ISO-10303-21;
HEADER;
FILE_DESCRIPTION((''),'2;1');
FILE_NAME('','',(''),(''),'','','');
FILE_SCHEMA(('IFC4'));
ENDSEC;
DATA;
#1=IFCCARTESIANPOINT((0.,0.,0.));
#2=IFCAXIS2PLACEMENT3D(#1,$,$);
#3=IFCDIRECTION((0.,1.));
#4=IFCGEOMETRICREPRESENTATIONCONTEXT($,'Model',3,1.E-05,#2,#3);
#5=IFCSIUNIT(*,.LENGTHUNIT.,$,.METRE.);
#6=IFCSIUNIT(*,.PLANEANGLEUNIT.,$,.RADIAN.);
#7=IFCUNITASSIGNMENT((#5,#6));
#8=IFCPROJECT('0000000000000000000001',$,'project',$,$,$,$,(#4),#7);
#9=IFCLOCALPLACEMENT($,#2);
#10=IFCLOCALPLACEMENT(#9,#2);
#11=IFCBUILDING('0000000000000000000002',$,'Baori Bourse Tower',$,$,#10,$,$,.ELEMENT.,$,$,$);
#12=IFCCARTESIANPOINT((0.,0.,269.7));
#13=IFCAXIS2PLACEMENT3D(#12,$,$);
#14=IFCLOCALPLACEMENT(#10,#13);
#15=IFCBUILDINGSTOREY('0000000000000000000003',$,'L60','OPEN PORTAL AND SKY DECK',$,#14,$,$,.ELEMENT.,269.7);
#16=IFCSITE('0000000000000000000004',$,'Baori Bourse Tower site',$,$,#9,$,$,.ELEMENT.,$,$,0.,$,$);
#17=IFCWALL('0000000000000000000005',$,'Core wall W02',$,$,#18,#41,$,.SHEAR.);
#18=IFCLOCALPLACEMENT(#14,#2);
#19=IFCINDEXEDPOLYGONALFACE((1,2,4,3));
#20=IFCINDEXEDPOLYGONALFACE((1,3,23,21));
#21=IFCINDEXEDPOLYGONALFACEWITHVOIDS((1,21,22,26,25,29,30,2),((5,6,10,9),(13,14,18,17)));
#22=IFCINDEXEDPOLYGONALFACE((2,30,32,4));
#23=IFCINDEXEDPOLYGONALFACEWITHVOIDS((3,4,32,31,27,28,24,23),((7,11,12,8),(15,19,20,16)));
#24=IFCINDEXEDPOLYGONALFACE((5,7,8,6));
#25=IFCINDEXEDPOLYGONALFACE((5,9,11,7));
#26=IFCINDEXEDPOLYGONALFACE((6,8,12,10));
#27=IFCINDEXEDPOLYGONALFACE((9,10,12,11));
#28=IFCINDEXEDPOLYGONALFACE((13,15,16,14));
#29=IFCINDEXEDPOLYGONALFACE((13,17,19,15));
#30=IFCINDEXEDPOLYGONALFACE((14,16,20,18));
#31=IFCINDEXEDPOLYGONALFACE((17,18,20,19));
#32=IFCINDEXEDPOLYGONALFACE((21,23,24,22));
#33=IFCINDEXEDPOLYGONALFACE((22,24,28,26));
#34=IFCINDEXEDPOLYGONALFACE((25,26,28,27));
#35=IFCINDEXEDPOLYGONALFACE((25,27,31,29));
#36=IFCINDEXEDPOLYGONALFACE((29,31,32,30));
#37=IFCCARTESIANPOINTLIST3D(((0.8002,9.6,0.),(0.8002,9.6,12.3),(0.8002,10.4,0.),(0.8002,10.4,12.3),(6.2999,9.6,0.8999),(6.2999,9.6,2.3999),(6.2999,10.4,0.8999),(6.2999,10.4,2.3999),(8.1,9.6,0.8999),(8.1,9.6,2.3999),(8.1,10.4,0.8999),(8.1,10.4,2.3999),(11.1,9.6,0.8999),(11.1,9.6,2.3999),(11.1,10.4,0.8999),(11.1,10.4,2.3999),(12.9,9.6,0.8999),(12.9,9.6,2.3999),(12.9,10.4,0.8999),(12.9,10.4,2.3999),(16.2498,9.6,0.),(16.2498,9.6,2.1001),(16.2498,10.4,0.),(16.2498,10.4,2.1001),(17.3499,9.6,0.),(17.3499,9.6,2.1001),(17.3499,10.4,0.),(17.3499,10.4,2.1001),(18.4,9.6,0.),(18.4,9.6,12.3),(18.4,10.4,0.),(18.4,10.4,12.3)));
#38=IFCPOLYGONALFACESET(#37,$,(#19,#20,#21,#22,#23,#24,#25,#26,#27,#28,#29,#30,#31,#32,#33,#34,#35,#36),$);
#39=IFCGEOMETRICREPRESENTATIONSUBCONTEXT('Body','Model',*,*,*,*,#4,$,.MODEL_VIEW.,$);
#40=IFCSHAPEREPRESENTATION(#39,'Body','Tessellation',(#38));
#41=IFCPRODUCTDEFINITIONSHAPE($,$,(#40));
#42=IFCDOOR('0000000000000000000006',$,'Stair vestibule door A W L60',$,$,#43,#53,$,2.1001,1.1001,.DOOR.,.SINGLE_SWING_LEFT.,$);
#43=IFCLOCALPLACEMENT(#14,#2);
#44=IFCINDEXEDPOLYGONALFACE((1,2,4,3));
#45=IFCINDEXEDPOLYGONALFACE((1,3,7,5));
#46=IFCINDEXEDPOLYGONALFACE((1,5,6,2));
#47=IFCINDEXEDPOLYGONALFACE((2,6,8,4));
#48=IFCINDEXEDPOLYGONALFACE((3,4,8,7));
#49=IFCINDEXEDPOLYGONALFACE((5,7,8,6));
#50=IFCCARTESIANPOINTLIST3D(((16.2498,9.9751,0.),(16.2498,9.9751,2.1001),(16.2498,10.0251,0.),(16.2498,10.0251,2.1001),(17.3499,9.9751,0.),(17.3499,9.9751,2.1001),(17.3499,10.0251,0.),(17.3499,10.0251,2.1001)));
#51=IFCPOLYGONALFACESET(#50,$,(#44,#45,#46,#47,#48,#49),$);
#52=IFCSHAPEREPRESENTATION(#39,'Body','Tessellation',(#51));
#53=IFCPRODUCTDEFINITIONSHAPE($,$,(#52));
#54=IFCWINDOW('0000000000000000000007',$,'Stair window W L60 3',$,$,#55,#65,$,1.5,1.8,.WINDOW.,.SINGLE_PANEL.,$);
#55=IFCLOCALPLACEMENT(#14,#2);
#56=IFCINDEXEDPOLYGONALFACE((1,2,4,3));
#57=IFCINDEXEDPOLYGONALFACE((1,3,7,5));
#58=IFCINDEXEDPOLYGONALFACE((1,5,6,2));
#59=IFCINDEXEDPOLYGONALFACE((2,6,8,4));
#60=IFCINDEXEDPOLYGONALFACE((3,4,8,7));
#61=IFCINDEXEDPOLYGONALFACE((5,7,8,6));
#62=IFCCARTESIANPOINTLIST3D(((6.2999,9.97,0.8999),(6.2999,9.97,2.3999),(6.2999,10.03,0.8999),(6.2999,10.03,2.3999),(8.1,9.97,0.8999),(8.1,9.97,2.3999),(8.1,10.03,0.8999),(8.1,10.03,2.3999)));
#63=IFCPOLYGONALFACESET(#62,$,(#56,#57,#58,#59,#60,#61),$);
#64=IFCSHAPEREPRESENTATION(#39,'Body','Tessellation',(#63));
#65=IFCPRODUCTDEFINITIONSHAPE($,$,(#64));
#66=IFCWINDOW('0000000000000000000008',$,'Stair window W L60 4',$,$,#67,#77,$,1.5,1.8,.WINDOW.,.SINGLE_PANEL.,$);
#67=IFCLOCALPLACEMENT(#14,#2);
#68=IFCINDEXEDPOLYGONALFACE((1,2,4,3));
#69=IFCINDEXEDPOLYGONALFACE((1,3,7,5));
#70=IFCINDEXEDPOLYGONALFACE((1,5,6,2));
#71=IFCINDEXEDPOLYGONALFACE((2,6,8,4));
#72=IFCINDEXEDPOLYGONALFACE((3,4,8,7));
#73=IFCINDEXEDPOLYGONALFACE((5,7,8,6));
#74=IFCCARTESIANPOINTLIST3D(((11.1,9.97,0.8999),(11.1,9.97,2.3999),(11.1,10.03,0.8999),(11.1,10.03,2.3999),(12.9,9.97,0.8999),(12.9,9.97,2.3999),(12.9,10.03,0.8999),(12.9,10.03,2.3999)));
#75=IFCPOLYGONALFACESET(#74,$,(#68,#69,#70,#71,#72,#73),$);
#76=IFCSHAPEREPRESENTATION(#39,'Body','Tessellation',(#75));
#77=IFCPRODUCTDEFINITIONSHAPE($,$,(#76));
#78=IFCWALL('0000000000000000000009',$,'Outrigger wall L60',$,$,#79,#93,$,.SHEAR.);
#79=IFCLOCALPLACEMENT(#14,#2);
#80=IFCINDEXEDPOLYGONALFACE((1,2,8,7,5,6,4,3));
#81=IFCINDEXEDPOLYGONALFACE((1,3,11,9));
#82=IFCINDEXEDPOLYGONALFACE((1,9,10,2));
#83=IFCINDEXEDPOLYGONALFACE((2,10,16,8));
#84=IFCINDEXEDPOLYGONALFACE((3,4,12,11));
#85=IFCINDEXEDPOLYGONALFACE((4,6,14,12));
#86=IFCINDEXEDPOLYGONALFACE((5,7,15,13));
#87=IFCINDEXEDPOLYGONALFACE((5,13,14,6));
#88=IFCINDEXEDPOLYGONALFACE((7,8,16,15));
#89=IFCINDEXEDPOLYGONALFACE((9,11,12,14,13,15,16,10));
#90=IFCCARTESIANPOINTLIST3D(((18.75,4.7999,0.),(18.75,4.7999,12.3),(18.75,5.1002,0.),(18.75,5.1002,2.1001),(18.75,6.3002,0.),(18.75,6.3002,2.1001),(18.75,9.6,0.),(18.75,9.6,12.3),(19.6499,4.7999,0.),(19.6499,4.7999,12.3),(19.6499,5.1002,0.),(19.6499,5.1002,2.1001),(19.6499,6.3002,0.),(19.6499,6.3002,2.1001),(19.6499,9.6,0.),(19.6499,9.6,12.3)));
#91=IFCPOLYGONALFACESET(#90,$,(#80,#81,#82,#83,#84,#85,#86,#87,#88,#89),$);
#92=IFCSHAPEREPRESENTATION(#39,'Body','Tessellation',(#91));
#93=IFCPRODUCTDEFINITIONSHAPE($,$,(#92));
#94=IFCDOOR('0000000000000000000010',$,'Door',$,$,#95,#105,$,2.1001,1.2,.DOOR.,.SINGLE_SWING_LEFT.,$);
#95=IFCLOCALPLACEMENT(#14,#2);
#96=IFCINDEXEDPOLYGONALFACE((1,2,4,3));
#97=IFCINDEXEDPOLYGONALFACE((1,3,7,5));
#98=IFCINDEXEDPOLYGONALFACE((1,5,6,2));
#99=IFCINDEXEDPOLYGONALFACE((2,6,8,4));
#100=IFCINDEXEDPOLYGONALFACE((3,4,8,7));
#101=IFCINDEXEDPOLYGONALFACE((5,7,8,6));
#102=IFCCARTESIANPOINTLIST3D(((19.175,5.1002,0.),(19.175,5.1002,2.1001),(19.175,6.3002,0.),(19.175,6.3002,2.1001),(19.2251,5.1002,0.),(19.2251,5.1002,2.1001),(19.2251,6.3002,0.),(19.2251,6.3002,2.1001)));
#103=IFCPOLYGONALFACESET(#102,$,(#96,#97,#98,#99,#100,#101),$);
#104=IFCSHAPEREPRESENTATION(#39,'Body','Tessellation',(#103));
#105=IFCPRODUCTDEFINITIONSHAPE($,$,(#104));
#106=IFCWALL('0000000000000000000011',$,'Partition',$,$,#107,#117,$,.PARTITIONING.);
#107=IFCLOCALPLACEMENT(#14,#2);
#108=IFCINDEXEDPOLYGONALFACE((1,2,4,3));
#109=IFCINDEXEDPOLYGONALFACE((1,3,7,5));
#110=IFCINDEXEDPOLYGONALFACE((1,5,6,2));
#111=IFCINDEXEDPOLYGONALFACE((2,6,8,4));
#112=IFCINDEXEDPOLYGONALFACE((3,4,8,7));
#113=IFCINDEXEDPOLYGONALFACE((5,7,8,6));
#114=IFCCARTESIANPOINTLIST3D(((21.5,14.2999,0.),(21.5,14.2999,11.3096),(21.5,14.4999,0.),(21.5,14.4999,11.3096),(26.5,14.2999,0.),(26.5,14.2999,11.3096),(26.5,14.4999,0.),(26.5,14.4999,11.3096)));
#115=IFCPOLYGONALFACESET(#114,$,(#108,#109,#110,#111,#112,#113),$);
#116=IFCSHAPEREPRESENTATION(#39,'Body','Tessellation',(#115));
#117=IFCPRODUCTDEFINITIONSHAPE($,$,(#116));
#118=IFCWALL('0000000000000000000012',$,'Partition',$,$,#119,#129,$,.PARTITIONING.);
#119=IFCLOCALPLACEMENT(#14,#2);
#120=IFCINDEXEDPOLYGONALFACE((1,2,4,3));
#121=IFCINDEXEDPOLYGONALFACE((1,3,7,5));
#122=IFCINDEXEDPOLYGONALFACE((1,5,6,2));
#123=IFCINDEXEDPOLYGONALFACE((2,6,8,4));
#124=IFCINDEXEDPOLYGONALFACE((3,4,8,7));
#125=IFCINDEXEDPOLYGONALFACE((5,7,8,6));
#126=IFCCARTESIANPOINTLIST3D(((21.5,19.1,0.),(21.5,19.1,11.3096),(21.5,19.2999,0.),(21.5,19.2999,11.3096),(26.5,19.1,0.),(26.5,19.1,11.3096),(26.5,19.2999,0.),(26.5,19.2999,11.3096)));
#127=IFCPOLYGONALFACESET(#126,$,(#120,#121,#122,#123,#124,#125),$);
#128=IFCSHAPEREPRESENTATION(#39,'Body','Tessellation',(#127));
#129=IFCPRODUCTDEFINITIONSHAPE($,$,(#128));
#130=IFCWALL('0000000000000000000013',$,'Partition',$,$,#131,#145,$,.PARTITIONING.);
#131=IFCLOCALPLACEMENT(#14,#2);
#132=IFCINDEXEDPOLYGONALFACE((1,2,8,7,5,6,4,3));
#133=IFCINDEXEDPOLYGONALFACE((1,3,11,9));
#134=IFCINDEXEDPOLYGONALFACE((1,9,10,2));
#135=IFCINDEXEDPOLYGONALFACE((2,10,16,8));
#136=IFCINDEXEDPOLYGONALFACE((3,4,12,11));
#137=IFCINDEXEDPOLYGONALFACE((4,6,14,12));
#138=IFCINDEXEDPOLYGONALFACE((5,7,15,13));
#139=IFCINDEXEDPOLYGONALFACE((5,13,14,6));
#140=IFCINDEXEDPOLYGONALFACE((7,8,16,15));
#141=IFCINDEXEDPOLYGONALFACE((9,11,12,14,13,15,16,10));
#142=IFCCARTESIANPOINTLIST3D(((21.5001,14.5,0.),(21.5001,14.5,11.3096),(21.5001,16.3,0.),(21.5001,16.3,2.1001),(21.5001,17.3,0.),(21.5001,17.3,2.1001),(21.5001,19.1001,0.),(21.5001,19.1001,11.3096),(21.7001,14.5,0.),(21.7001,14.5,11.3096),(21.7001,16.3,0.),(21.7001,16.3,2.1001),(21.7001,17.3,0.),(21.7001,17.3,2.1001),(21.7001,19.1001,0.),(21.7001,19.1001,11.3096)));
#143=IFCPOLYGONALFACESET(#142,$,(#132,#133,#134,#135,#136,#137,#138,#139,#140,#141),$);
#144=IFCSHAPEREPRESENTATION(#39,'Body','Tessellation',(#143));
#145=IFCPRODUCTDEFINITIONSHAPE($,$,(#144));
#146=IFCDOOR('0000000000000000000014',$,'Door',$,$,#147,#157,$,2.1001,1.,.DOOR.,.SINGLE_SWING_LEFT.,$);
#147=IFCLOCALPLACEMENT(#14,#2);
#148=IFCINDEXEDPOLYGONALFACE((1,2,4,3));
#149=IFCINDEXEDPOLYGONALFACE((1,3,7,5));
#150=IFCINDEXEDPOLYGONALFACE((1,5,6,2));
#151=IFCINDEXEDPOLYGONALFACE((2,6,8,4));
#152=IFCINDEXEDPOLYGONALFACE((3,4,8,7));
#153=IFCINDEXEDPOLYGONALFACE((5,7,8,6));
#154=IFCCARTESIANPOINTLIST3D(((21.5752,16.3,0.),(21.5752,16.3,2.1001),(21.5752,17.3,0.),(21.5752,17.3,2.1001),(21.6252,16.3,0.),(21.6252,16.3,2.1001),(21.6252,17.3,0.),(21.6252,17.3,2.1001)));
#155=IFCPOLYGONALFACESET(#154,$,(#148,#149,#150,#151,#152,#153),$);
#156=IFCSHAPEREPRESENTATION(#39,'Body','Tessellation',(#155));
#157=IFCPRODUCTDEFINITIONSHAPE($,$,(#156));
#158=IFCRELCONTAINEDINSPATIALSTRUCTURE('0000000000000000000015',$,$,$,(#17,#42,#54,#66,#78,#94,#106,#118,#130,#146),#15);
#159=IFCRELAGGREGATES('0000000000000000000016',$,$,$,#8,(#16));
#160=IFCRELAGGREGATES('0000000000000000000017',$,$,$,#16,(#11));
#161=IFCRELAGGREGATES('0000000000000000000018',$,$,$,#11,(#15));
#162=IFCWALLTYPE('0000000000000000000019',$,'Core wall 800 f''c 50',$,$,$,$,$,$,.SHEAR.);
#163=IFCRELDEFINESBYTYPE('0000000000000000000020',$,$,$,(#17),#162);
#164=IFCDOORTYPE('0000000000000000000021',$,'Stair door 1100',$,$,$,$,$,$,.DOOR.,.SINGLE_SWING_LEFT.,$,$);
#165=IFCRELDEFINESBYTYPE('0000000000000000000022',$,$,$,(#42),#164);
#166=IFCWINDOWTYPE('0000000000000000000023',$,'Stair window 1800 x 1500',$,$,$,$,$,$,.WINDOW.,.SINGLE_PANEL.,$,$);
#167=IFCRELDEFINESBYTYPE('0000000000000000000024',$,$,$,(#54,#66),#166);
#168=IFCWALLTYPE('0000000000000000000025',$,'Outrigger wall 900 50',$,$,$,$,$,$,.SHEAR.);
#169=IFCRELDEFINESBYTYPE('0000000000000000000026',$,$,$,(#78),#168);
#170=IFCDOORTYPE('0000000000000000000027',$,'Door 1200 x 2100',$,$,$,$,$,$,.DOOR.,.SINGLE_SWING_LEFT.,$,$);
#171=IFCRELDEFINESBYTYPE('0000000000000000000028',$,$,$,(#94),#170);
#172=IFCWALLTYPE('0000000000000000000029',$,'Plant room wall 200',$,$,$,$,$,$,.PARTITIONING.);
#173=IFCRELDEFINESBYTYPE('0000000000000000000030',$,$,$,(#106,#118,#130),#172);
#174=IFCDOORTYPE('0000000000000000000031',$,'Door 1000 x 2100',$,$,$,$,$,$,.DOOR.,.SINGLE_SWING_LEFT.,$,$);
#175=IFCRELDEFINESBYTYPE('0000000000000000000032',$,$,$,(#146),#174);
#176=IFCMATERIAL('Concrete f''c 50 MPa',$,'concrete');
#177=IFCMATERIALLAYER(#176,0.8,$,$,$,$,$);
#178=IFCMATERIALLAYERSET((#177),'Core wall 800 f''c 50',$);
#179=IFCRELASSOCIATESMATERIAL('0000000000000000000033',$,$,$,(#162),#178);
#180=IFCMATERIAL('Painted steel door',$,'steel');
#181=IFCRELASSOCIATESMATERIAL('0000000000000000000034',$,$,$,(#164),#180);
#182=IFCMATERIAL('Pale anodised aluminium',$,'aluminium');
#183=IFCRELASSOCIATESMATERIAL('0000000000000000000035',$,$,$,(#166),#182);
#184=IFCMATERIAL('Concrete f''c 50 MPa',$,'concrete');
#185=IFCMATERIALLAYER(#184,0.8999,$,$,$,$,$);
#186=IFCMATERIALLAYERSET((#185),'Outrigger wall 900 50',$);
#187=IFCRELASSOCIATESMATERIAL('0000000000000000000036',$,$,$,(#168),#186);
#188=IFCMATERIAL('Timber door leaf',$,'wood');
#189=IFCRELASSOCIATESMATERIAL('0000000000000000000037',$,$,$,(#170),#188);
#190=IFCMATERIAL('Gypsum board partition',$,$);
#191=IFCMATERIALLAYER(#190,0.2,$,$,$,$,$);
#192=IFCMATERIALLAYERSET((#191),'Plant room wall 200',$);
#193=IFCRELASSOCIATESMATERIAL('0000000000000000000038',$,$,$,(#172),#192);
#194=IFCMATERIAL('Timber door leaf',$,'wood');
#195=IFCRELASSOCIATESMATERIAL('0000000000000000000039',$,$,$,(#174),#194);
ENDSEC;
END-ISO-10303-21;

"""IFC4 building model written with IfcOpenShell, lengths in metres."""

from ifc_helpers import new_model, si_unit, direction, frame, frame_2d, origin, place, context, subcontext, project, spatial, rectangle, extrude, material, layer, layer_set, type_object, element, fill, save


model = new_model("IFC4")

# Units and contexts
model_context = context("Model", 3, precision=1e-05, world=origin(), true_north=direction((0.0, 1.0)))
body_context = subcontext(model_context, "Body", "Model", "MODEL_VIEW")
ifc_project = project(units=[si_unit("LENGTHUNIT", "METRE"), si_unit("PLANEANGLEUNIT", "RADIAN")], contexts=[model_context])

# Site, building, storey
site_placement = place(None, origin())
site = spatial("IfcSite", under=ifc_project, at=site_placement, Name="Baori Bourse Tower site", CompositionType="ELEMENT", RefElevation=0.0)
building_placement = place(site_placement, origin())
building = spatial("IfcBuilding", under=site, at=building_placement, Name="Baori Bourse Tower", CompositionType="ELEMENT")
storey_placement = place(building_placement, frame((0.0, 0.0, 269.7)))
storey = spatial("IfcBuildingStorey", under=building, at=storey_placement, Name="L60", Description="OPEN PORTAL AND SKY DECK", CompositionType="ELEMENT", Elevation=269.7)

# Wall, openings, door, windows
ifc_material_1 = material(Name="Concrete f'c 50 MPa", Category="concrete")
ifc_layer_1 = layer(ifc_material_1, 0.8)
ifc_layer_set_1 = layer_set([ifc_layer_1], Name="Core wall 800 f'c 50")
wall_type_1 = type_object("IfcWallType", Name="Core wall 800 f'c 50", PredefinedType="SHEAR", material=ifc_layer_set_1)
wall_1_placement = place(storey_placement, frame((18.3999, 10.0, 0.0), z_axis=(0.0, 0.0, 1.0), x_axis=(-1.0, 0.0, 0.0)))
wall_1 = element("IfcWall", 1, at=wall_1_placement, inside=storey, type_object=wall_type_1, Name="Core wall W02", PredefinedType="SHEAR", context=body_context, shape_type="SweptSolid", body=[
    extrude(rectangle(XDim=17.5999, YDim=0.8, at=frame_2d((8.7998, 0.0))), origin(), (0.0, 0.0, 1.0), 12.3),
])
opening_1_placement = place(wall_1_placement, frame((1.05, 0.0, 0.0)))
opening_1 = element("IfcOpeningElement", 2, at=opening_1_placement, cuts=wall_1, PredefinedType="OPENING", context=body_context, shape_type="SweptSolid", body=[
    extrude(rectangle(XDim=1.1001, YDim=2.1001, at=frame_2d((0.55, 1.05))), frame((0.0, 0.4099, 0.0), z_axis=(0.0, -1.0, 0.0), x_axis=(1.0, 0.0, 0.0)), (0.0, 0.0, 1.0), 0.8201),
])
opening_2_placement = place(wall_1_placement, frame((10.3, 0.0, 0.8999)))
opening_2 = element("IfcOpeningElement", 3, at=opening_2_placement, cuts=wall_1, PredefinedType="OPENING", context=body_context, shape_type="SweptSolid", body=[
    extrude(rectangle(XDim=1.8, YDim=1.5, at=frame_2d((0.8999, 0.75))), frame((0.0, 0.4099, 0.0), z_axis=(0.0, -1.0, 0.0), x_axis=(1.0, 0.0, 0.0)), (0.0, 0.0, 1.0), 0.8201),
])
opening_3_placement = place(wall_1_placement, frame((5.5, 0.0, 0.8999)))
opening_3 = element("IfcOpeningElement", 4, at=opening_3_placement, cuts=wall_1, PredefinedType="OPENING", context=body_context, shape_type="SweptSolid", body=[
    extrude(rectangle(XDim=1.8, YDim=1.5, at=frame_2d((0.8999, 0.75))), frame((0.0, 0.4099, 0.0), z_axis=(0.0, -1.0, 0.0), x_axis=(1.0, 0.0, 0.0)), (0.0, 0.0, 1.0), 0.8201),
])
ifc_material_2 = material(Name="Painted steel door", Category="steel")
door_type_1 = type_object("IfcDoorType", Name="Stair door 1100", OperationType="SINGLE_SWING_LEFT", PredefinedType="DOOR", material=ifc_material_2)
door_1_placement = place(opening_1_placement, origin())
door_1 = element("IfcDoor", 5, at=door_1_placement, inside=storey, type_object=door_type_1, Name="Stair vestibule door A W L60", OperationType="SINGLE_SWING_LEFT", OverallHeight=2.1001, OverallWidth=1.1001, PredefinedType="DOOR", context=body_context, shape_type="SweptSolid", body=[
    extrude(rectangle(XDim=1.1001, YDim=2.1001, at=frame_2d((0.55, 1.05))), frame((0.0, 0.0249, 0.0), z_axis=(0.0, -1.0, 0.0), x_axis=(1.0, 0.0, 0.0)), (0.0, 0.0, 1.0), 0.05),
])
fill(opening_1, door_1)
ifc_material_3 = material(Name="Pale anodised aluminium", Category="aluminium")
window_type = type_object("IfcWindowType", Name="Stair window 1800 x 1500", PartitioningType="SINGLE_PANEL", PredefinedType="WINDOW", material=ifc_material_3)
window_1_placement = place(opening_2_placement, origin())
window_1 = element("IfcWindow", 6, at=window_1_placement, inside=storey, type_object=window_type, Name="Stair window W L60 3", OverallHeight=1.5, OverallWidth=1.8, PartitioningType="SINGLE_PANEL", PredefinedType="WINDOW", context=body_context, shape_type="SweptSolid", body=[
    extrude(rectangle(XDim=1.8, YDim=1.5, at=frame_2d((0.8999, 0.75))), frame((0.0, 0.03, 0.0), z_axis=(0.0, -1.0, 0.0), x_axis=(1.0, 0.0, 0.0)), (0.0, 0.0, 1.0), 0.0601),
])
fill(opening_2, window_1)
window_2_placement = place(opening_3_placement, origin())
window_2 = element("IfcWindow", 7, at=window_2_placement, inside=storey, type_object=window_type, Name="Stair window W L60 4", OverallHeight=1.5, OverallWidth=1.8, PartitioningType="SINGLE_PANEL", PredefinedType="WINDOW", context=body_context, shape_type="SweptSolid", body=[
    extrude(rectangle(XDim=1.8, YDim=1.5, at=frame_2d((0.8999, 0.75))), frame((0.0, 0.03, 0.0), z_axis=(0.0, -1.0, 0.0), x_axis=(1.0, 0.0, 0.0)), (0.0, 0.0, 1.0), 0.0601),
])
fill(opening_3, window_2)

# Wall, opening, door
ifc_material_4 = material(Name="Concrete f'c 50 MPa", Category="concrete")
ifc_layer_2 = layer(ifc_material_4, 0.8999)
ifc_layer_set_2 = layer_set([ifc_layer_2], Name="Outrigger wall 900 50")
wall_type_2 = type_object("IfcWallType", Name="Outrigger wall 900 50", PredefinedType="SHEAR", material=ifc_layer_set_2)
wall_2_placement = place(storey_placement, frame((19.2, 4.8, 0.0), z_axis=(0.0, 0.0, 1.0), x_axis=(0.0, 1.0, 0.0)))
wall_2 = element("IfcWall", 8, at=wall_2_placement, inside=storey, type_object=wall_type_2, Name="Outrigger wall L60", PredefinedType="SHEAR", context=body_context, shape_type="SweptSolid", body=[
    extrude(rectangle(XDim=4.8, YDim=0.8999, at=frame_2d((2.3999, 0.0))), origin(), (0.0, 0.0, 1.0), 12.3),
])
opening_4_placement = place(wall_2_placement, frame((0.3, 0.0, 0.0)))
opening_4 = element("IfcOpeningElement", 9, at=opening_4_placement, cuts=wall_2, PredefinedType="OPENING", context=body_context, shape_type="SweptSolid", body=[
    extrude(rectangle(XDim=1.2, YDim=2.1001, at=frame_2d((0.6001, 1.05))), frame((0.0, 0.46, 0.0), z_axis=(0.0, -1.0, 0.0), x_axis=(1.0, 0.0, 0.0)), (0.0, 0.0, 1.0), 0.9199),
])
ifc_material_5 = material(Name="Timber door leaf", Category="wood")
door_type_2 = type_object("IfcDoorType", Name="Door 1200 x 2100", OperationType="SINGLE_SWING_LEFT", PredefinedType="DOOR", material=ifc_material_5)
door_2_placement = place(opening_4_placement, origin())
door_2 = element("IfcDoor", 10, at=door_2_placement, inside=storey, type_object=door_type_2, Name="Door", OperationType="SINGLE_SWING_LEFT", OverallHeight=2.1001, OverallWidth=1.2, PredefinedType="DOOR", context=body_context, shape_type="SweptSolid", body=[
    extrude(rectangle(XDim=1.2, YDim=2.1001, at=frame_2d((0.6001, 1.05))), frame((0.0, 0.0249, 0.0), z_axis=(0.0, -1.0, 0.0), x_axis=(1.0, 0.0, 0.0)), (0.0, 0.0, 1.0), 0.05),
])
fill(opening_4, door_2)

# Walls
ifc_material_6 = material(Name="Gypsum board partition")
ifc_layer_3 = layer(ifc_material_6, 0.2)
ifc_layer_set_3 = layer_set([ifc_layer_3], Name="Plant room wall 200")
wall_type_3 = type_object("IfcWallType", Name="Plant room wall 200", PredefinedType="PARTITIONING", material=ifc_layer_set_3)
for number, where, z_axis, x_axis, name in (
    (11, (21.5, 14.3999, 0.0), (0.0, 0.0, 1.0), (1.0, 0.0, 0.0), "Partition"),
    (12, (21.5, 19.2, 0.0), (0.0, 0.0, 1.0), (1.0, 0.0, 0.0), "Partition"),
):
    element("IfcWall", number, at=place(storey_placement, frame(where, z_axis=z_axis, x_axis=x_axis)), inside=storey, type_object=wall_type_3, Name=name, PredefinedType="PARTITIONING", context=body_context, shape_type="SweptSolid", body=[
        extrude(rectangle(XDim=5.0, YDim=0.2, at=frame_2d((2.5, 0.0))), origin(), (0.0, 0.0, 1.0), 11.3096),
    ])

# Wall, opening, door
wall_3_placement = place(storey_placement, frame((21.6001, 14.5, 0.0), z_axis=(0.0, 0.0, 1.0), x_axis=(0.0, 1.0, 0.0)))
wall_3 = element("IfcWall", 13, at=wall_3_placement, inside=storey, type_object=wall_type_3, Name="Partition", PredefinedType="PARTITIONING", context=body_context, shape_type="SweptSolid", body=[
    extrude(rectangle(XDim=4.6001, YDim=0.2, at=frame_2d((2.3, 0.0))), origin(), (0.0, 0.0, 1.0), 11.3096),
])
opening_5_placement = place(wall_3_placement, frame((1.8, 0.0, 0.0)))
opening_5 = element("IfcOpeningElement", 14, at=opening_5_placement, cuts=wall_3, PredefinedType="OPENING", context=body_context, shape_type="SweptSolid", body=[
    extrude(rectangle(XDim=1.0, YDim=2.1001, at=frame_2d((0.5, 1.05))), frame((0.0, 0.1099, 0.0), z_axis=(0.0, -1.0, 0.0), x_axis=(1.0, 0.0, 0.0)), (0.0, 0.0, 1.0), 0.22),
])
ifc_material_7 = material(Name="Timber door leaf", Category="wood")
door_type_3 = type_object("IfcDoorType", Name="Door 1000 x 2100", OperationType="SINGLE_SWING_LEFT", PredefinedType="DOOR", material=ifc_material_7)
door_3_placement = place(opening_5_placement, origin())
door_3 = element("IfcDoor", 15, at=door_3_placement, inside=storey, type_object=door_type_3, Name="Door", OperationType="SINGLE_SWING_LEFT", OverallHeight=2.1001, OverallWidth=1.0, PredefinedType="DOOR", context=body_context, shape_type="SweptSolid", body=[
    extrude(rectangle(XDim=1.0, YDim=2.1001, at=frame_2d((0.5, 1.05))), frame((0.0, 0.0249, 0.0), z_axis=(0.0, -1.0, 0.0), x_axis=(1.0, 0.0, 0.0)), (0.0, 0.0, 1.0), 0.05),
])
fill(opening_5, door_3)

save(model, "model.ifc")
